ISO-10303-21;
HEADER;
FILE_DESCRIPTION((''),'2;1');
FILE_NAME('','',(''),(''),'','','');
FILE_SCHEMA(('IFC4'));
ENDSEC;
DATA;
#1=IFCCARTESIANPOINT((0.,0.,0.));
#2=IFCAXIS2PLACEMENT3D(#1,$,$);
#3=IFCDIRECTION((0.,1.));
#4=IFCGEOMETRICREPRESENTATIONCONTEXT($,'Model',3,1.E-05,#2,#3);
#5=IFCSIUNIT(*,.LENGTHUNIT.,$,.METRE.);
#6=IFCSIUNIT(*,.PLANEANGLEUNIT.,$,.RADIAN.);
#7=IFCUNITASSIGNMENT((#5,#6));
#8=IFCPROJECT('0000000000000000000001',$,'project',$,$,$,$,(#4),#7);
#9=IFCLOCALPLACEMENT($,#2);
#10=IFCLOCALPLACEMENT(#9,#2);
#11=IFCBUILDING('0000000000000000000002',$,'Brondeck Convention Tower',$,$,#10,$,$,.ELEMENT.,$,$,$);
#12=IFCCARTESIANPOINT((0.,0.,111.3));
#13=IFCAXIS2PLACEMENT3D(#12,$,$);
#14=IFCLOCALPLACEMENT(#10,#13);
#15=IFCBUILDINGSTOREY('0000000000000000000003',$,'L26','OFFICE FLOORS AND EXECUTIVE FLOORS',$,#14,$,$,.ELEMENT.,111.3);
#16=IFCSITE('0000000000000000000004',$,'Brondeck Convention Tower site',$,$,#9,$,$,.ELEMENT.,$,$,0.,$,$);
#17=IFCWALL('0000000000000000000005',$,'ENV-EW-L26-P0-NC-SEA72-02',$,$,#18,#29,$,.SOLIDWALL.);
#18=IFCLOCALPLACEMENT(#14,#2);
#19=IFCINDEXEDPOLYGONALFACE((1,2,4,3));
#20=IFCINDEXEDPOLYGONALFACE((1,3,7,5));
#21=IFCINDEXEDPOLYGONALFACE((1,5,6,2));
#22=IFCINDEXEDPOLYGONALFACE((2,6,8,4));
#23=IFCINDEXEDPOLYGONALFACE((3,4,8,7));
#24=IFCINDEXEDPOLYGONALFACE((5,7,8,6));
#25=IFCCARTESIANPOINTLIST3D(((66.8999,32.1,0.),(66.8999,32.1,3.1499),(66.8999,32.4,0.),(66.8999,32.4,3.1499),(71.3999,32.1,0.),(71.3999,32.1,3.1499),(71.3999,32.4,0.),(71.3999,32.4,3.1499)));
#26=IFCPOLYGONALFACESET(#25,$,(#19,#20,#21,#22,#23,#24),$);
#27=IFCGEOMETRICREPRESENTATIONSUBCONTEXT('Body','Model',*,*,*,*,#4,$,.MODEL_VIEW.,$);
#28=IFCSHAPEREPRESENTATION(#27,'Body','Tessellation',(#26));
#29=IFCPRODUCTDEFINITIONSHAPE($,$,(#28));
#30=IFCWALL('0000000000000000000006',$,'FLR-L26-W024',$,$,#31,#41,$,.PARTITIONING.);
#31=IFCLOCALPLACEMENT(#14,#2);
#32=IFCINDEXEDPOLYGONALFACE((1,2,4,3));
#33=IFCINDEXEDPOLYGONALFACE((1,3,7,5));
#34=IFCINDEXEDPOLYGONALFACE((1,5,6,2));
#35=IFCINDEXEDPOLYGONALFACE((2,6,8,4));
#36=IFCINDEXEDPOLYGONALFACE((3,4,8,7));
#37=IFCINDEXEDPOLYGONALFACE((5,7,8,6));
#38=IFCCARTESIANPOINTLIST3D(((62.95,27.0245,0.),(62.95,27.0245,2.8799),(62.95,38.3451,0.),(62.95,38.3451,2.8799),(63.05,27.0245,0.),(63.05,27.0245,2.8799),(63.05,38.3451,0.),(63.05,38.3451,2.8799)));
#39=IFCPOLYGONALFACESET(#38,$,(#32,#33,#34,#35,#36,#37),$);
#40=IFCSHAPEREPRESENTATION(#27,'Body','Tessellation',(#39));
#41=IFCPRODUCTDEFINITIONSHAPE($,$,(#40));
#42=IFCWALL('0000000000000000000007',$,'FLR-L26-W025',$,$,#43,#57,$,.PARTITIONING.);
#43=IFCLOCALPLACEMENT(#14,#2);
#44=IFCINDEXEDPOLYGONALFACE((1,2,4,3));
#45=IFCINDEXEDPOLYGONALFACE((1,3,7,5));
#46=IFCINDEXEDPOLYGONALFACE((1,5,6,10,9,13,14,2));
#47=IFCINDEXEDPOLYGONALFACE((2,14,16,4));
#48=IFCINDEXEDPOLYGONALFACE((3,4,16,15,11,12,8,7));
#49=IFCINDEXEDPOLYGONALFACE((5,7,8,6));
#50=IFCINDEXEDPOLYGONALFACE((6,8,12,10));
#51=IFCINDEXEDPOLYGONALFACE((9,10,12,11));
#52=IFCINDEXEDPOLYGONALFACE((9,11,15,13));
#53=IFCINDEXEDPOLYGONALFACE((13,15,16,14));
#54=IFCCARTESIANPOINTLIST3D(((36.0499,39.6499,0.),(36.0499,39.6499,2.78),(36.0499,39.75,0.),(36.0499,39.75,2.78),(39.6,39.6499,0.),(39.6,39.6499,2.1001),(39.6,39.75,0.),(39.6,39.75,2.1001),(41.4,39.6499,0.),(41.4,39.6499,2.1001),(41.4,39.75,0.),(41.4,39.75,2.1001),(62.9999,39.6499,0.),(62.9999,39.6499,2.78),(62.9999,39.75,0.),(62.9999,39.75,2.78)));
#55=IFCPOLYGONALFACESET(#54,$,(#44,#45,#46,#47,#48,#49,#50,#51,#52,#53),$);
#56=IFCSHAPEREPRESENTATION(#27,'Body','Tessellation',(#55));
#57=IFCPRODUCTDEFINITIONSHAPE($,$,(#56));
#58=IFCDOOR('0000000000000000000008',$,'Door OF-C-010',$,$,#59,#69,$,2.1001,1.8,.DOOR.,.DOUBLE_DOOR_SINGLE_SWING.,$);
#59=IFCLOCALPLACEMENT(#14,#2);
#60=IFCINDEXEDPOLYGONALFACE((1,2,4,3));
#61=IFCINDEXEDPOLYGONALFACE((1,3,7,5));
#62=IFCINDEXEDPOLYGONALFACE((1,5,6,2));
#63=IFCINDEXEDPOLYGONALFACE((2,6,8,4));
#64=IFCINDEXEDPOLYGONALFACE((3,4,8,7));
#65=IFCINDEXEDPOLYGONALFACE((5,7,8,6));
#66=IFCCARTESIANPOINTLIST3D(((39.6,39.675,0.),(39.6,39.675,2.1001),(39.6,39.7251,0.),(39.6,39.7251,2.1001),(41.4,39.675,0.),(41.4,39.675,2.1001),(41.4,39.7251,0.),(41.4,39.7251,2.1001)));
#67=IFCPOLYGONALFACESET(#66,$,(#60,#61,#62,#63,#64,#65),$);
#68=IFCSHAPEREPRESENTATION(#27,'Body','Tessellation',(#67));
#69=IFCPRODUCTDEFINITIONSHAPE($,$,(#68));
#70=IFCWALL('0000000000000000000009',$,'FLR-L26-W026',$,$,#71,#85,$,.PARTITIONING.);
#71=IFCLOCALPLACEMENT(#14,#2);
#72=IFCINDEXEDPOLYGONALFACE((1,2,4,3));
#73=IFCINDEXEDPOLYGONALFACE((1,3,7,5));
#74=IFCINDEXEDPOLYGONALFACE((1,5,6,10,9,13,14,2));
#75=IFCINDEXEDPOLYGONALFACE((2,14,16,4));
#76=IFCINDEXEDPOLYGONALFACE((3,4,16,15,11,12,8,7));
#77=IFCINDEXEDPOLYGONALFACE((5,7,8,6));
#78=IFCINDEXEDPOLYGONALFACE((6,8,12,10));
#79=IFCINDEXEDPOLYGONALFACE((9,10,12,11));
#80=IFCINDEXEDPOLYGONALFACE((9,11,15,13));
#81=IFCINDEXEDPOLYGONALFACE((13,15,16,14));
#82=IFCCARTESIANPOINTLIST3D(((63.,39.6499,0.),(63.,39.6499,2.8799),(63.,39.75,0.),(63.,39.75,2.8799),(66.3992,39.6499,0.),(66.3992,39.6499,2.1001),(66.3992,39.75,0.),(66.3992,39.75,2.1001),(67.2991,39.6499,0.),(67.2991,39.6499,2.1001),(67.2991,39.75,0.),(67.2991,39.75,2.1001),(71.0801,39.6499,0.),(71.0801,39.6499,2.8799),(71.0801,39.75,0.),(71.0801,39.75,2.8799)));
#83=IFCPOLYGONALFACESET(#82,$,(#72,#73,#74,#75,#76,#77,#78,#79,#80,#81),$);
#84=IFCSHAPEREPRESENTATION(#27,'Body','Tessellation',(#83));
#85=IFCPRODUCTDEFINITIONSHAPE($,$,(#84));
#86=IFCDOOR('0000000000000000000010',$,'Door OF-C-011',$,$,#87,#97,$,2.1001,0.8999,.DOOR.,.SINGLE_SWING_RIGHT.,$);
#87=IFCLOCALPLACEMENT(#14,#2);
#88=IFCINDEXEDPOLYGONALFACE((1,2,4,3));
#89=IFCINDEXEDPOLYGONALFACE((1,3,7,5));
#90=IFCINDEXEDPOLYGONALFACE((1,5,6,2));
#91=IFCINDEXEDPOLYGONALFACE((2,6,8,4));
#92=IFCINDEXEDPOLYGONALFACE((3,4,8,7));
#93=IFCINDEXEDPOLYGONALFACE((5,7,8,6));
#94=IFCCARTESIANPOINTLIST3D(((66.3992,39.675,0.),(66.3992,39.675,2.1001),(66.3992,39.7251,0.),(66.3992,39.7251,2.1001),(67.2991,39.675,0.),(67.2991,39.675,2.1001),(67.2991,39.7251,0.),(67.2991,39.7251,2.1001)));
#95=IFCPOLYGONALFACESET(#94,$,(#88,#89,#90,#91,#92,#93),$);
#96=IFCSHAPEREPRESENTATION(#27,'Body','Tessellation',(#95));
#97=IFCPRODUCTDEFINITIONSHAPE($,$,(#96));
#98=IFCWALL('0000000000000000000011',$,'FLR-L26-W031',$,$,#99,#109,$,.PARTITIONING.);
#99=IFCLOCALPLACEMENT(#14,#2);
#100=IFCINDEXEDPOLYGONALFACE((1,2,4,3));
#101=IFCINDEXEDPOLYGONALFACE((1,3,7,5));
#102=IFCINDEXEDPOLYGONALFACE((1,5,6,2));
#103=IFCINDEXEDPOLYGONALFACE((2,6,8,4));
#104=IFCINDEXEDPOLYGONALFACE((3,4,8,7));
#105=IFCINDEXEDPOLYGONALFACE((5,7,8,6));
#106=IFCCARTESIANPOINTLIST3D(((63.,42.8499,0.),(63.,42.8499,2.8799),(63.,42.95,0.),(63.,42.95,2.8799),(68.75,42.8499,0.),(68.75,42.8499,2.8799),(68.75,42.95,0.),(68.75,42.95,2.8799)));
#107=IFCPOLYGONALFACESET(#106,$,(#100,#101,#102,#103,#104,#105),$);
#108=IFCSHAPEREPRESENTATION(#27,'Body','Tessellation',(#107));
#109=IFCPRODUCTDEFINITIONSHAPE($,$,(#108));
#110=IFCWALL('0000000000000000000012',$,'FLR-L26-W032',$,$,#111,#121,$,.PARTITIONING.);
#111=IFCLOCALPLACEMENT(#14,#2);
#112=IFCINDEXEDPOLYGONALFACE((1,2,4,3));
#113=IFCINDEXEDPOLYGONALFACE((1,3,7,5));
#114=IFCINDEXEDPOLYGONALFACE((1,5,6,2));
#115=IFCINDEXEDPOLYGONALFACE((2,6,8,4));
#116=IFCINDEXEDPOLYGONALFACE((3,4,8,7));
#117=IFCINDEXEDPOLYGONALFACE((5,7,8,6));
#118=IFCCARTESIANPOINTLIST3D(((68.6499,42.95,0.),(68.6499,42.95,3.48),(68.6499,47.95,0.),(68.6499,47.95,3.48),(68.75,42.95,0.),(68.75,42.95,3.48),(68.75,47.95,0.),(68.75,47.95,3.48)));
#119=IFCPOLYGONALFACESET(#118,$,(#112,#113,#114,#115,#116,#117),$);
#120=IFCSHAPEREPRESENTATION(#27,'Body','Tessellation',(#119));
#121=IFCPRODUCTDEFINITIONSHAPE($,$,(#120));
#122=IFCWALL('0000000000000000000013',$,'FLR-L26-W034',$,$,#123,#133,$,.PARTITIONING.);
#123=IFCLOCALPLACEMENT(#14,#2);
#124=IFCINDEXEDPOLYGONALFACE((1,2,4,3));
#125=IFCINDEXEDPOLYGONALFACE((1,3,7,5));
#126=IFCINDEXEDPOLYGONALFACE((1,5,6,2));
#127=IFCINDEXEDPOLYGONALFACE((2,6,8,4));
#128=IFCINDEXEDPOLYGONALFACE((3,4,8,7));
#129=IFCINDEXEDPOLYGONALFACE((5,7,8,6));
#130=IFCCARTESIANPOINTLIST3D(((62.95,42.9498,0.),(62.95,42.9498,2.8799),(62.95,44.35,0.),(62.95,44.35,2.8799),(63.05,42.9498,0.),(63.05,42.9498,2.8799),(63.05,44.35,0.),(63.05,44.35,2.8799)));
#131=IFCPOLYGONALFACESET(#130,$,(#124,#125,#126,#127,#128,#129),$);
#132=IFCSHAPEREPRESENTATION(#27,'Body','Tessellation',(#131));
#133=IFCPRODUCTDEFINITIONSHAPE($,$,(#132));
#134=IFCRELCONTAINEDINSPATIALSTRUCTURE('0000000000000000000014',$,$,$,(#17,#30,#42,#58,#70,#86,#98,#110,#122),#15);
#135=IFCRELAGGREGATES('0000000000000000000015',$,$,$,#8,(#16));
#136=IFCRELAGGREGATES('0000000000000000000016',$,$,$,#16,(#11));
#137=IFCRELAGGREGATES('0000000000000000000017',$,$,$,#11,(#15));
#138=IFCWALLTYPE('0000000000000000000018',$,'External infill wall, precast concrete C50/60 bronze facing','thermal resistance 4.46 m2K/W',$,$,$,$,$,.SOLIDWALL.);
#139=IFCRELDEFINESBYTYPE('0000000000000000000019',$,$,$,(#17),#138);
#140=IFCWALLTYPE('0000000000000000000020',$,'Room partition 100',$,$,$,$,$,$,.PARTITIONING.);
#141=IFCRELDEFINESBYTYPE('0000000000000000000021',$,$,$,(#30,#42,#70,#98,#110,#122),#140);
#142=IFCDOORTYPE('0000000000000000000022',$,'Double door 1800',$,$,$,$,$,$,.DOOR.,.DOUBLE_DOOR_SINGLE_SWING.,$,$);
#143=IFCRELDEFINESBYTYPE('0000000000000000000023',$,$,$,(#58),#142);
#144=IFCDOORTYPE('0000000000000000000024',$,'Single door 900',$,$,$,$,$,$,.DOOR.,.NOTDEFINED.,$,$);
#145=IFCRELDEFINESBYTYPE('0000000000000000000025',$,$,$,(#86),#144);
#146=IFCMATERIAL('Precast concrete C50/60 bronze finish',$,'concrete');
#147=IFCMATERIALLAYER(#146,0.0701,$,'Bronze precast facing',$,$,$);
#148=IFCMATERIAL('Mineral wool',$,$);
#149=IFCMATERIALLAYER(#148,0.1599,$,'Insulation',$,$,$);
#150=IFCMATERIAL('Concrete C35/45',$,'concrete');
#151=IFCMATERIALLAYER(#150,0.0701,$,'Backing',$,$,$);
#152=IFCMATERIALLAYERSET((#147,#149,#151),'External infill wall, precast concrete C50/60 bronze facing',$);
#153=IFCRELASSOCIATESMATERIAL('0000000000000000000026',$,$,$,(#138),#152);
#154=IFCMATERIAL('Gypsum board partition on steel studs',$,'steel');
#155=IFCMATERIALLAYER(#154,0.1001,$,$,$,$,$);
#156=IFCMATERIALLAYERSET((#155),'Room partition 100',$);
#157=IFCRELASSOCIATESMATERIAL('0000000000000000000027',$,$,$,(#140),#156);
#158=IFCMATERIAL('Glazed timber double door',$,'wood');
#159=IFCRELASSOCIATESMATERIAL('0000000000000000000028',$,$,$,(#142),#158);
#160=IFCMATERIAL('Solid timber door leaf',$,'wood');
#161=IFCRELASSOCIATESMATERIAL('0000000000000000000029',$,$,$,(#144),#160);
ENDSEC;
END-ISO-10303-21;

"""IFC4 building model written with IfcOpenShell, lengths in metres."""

from ifc_helpers import new_model, si_unit, direction, frame, frame_2d, origin, place, context, subcontext, project, spatial, rectangle, extrude, material, layer, layer_set, type_object, element, fill, save


model = new_model("IFC4")

# Units and contexts
model_context = context("Model", 3, precision=1e-05, world=origin(), true_north=direction((0.0, 1.0)))
body_context = subcontext(model_context, "Body", "Model", "MODEL_VIEW")
ifc_project = project(units=[si_unit("LENGTHUNIT", "METRE"), si_unit("PLANEANGLEUNIT", "RADIAN")], contexts=[model_context])

# Site, building, storey
site_placement = place(None, origin())
site = spatial("IfcSite", under=ifc_project, at=site_placement, Name="Brondeck Convention Tower site", CompositionType="ELEMENT", RefElevation=0.0)
building_placement = place(site_placement, origin())
building = spatial("IfcBuilding", under=site, at=building_placement, Name="Brondeck Convention Tower", CompositionType="ELEMENT")
storey_placement = place(building_placement, frame((0.0, 0.0, 111.3)))
storey = spatial("IfcBuildingStorey", under=building, at=storey_placement, Name="L26", Description="OFFICE FLOORS AND EXECUTIVE FLOORS", CompositionType="ELEMENT", Elevation=111.3)

# Shared definitions
ifc_material_1 = material(Name="Precast concrete C50/60 bronze finish", Category="concrete")
ifc_layer_1 = layer(ifc_material_1, 0.0701, Name="Bronze precast facing")
ifc_material_2 = material(Name="Mineral wool")
ifc_layer_2 = layer(ifc_material_2, 0.1599, Name="Insulation")
ifc_material_3 = material(Name="Concrete C35/45", Category="concrete")
ifc_layer_3 = layer(ifc_material_3, 0.0701, Name="Backing")
ifc_layer_set_1 = layer_set([ifc_layer_1, ifc_layer_2, ifc_layer_3], Name="External infill wall, precast concrete C50/60 bronze facing")
wall_type_1 = type_object("IfcWallType", Name="External infill wall, precast concrete C50/60 bronze facing", Description="thermal resistance 4.46 m2K/W", PredefinedType="SOLIDWALL", material=ifc_layer_set_1)

# Walls
wall_1_placement = place(storey_placement, frame((71.3999, 32.25, 0.0), z_axis=(0.0, 0.0, 1.0), x_axis=(-1.0, 0.0, 0.0)))
element("IfcWall", 1, at=wall_1_placement, inside=storey, type_object=wall_type_1, Name="ENV-EW-L26-P0-NC-SEA72-02", PredefinedType="SOLIDWALL", context=body_context, shape_type="SweptSolid", body=[
    extrude(rectangle(XDim=4.5, YDim=0.3, at=frame_2d((2.25, 0.0))), origin(), (0.0, 0.0, 1.0), 3.1499),
])
ifc_material_4 = material(Name="Gypsum board partition on steel studs", Category="steel")
ifc_layer_4 = layer(ifc_material_4, 0.1001)
ifc_layer_set_2 = layer_set([ifc_layer_4], Name="Room partition 100")
wall_type_2 = type_object("IfcWallType", Name="Room partition 100", PredefinedType="PARTITIONING", material=ifc_layer_set_2)
wall_2_placement = place(storey_placement, frame((63.0, 38.345, 0.0), z_axis=(0.0, 0.0, 1.0), x_axis=(0.0, -1.0, 0.0)))
element("IfcWall", 2, at=wall_2_placement, inside=storey, type_object=wall_type_2, Name="FLR-L26-W024", PredefinedType="PARTITIONING", context=body_context, shape_type="SweptSolid", body=[
    extrude(rectangle(XDim=11.3206, YDim=0.1001, at=frame_2d((5.6602, 0.0))), origin(), (0.0, 0.0, 1.0), 2.8799),
])

# Walls, openings, doors
wall_3_placement = place(storey_placement, frame((63.0, 39.7, 0.0), z_axis=(0.0, 0.0, 1.0), x_axis=(-1.0, 0.0, 0.0)))
wall_3 = element("IfcWall", 3, at=wall_3_placement, inside=storey, type_object=wall_type_2, Name="FLR-L26-W025", PredefinedType="PARTITIONING", context=body_context, shape_type="SweptSolid", body=[
    extrude(rectangle(XDim=26.95, YDim=0.1001, at=frame_2d((13.4751, 0.0))), origin(), (0.0, 0.0, 1.0), 2.78),
])
opening_1_placement = place(wall_3_placement, frame((21.6001, 0.0, 0.0)))
opening_1 = element("IfcOpeningElement", 4, at=opening_1_placement, cuts=wall_3, PredefinedType="OPENING", context=body_context, shape_type="SweptSolid", body=[
    extrude(rectangle(XDim=1.8, YDim=2.1001, at=frame_2d((0.8999, 1.05))), frame((0.0, 0.0601, 0.0), z_axis=(0.0, -1.0, 0.0), x_axis=(1.0, 0.0, 0.0)), (0.0, 0.0, 1.0), 0.1201),
])
ifc_material_5 = material(Name="Glazed timber double door", Category="wood")
door_type_1 = type_object("IfcDoorType", Name="Double door 1800", OperationType="DOUBLE_DOOR_SINGLE_SWING", PredefinedType="DOOR", material=ifc_material_5)
door_1_placement = place(opening_1_placement, origin())
door_1 = element("IfcDoor", 5, at=door_1_placement, inside=storey, type_object=door_type_1, Name="Door OF-C-010", OperationType="DOUBLE_DOOR_SINGLE_SWING", OverallHeight=2.1001, OverallWidth=1.8, PredefinedType="DOOR", context=body_context, shape_type="SweptSolid", body=[
    extrude(rectangle(XDim=1.8, YDim=2.1001, at=frame_2d((0.8999, 1.05))), frame((0.0, 0.0249, 0.0), z_axis=(0.0, -1.0, 0.0), x_axis=(1.0, 0.0, 0.0)), (0.0, 0.0, 1.0), 0.05),
])
fill(opening_1, door_1)
wall_4_placement = place(storey_placement, frame((71.0801, 39.7, 0.0), z_axis=(0.0, 0.0, 1.0), x_axis=(-1.0, 0.0, 0.0)))
wall_4 = element("IfcWall", 6, at=wall_4_placement, inside=storey, type_object=wall_type_2, Name="FLR-L26-W026", PredefinedType="PARTITIONING", context=body_context, shape_type="SweptSolid", body=[
    extrude(rectangle(XDim=8.0801, YDim=0.1001, at=frame_2d((4.04, 0.0))), origin(), (0.0, 0.0, 1.0), 2.8799),
])
opening_2_placement = place(wall_4_placement, frame((3.781, 0.0, 0.0)))
opening_2 = element("IfcOpeningElement", 7, at=opening_2_placement, cuts=wall_4, PredefinedType="OPENING", context=body_context, shape_type="SweptSolid", body=[
    extrude(rectangle(XDim=0.8999, YDim=2.1001, at=frame_2d((0.45, 1.05))), frame((0.0, 0.0601, 0.0), z_axis=(0.0, -1.0, 0.0), x_axis=(1.0, 0.0, 0.0)), (0.0, 0.0, 1.0), 0.1201),
])
ifc_material_6 = material(Name="Solid timber door leaf", Category="wood")
door_type_2 = type_object("IfcDoorType", Name="Single door 900", OperationType="NOTDEFINED", PredefinedType="DOOR", material=ifc_material_6)
door_2_placement = place(opening_2_placement, origin())
door_2 = element("IfcDoor", 8, at=door_2_placement, inside=storey, type_object=door_type_2, Name="Door OF-C-011", OperationType="SINGLE_SWING_RIGHT", OverallHeight=2.1001, OverallWidth=0.8999, PredefinedType="DOOR", context=body_context, shape_type="SweptSolid", body=[
    extrude(rectangle(XDim=0.8999, YDim=2.1001, at=frame_2d((0.45, 1.05))), frame((0.0, 0.0249, 0.0), z_axis=(0.0, -1.0, 0.0), x_axis=(1.0, 0.0, 0.0)), (0.0, 0.0, 1.0), 0.05),
])
fill(opening_2, door_2)

# Walls
wall_5_placement = place(storey_placement, frame((63.0, 42.8999, 0.0), z_axis=(0.0, 0.0, 1.0), x_axis=(1.0, 0.0, 0.0)))
element("IfcWall", 9, at=wall_5_placement, inside=storey, type_object=wall_type_2, Name="FLR-L26-W031", PredefinedType="PARTITIONING", context=body_context, shape_type="SweptSolid", body=[
    extrude(rectangle(XDim=5.75, YDim=0.1001, at=frame_2d((2.875, 0.0))), origin(), (0.0, 0.0, 1.0), 2.8799),
])
wall_6_placement = place(storey_placement, frame((68.7, 42.95, 0.0), z_axis=(0.0, 0.0, 1.0), x_axis=(0.0, 1.0, 0.0)))
element("IfcWall", 10, at=wall_6_placement, inside=storey, type_object=wall_type_2, Name="FLR-L26-W032", PredefinedType="PARTITIONING", context=body_context, shape_type="SweptSolid", body=[
    extrude(rectangle(XDim=5.0, YDim=0.1001, at=frame_2d((2.5, 0.0))), origin(), (0.0, 0.0, 1.0), 3.48),
])
wall_7_placement = place(storey_placement, frame((63.0, 44.3501, 0.0), z_axis=(0.0, 0.0, 1.0), x_axis=(0.0, -1.0, 0.0)))
element("IfcWall", 11, at=wall_7_placement, inside=storey, type_object=wall_type_2, Name="FLR-L26-W034", PredefinedType="PARTITIONING", context=body_context, shape_type="SweptSolid", body=[
    extrude(rectangle(XDim=1.4001, YDim=0.1001, at=frame_2d((0.7002, 0.0))), origin(), (0.0, 0.0, 1.0), 2.8799),
])

save(model, "model.ifc")
